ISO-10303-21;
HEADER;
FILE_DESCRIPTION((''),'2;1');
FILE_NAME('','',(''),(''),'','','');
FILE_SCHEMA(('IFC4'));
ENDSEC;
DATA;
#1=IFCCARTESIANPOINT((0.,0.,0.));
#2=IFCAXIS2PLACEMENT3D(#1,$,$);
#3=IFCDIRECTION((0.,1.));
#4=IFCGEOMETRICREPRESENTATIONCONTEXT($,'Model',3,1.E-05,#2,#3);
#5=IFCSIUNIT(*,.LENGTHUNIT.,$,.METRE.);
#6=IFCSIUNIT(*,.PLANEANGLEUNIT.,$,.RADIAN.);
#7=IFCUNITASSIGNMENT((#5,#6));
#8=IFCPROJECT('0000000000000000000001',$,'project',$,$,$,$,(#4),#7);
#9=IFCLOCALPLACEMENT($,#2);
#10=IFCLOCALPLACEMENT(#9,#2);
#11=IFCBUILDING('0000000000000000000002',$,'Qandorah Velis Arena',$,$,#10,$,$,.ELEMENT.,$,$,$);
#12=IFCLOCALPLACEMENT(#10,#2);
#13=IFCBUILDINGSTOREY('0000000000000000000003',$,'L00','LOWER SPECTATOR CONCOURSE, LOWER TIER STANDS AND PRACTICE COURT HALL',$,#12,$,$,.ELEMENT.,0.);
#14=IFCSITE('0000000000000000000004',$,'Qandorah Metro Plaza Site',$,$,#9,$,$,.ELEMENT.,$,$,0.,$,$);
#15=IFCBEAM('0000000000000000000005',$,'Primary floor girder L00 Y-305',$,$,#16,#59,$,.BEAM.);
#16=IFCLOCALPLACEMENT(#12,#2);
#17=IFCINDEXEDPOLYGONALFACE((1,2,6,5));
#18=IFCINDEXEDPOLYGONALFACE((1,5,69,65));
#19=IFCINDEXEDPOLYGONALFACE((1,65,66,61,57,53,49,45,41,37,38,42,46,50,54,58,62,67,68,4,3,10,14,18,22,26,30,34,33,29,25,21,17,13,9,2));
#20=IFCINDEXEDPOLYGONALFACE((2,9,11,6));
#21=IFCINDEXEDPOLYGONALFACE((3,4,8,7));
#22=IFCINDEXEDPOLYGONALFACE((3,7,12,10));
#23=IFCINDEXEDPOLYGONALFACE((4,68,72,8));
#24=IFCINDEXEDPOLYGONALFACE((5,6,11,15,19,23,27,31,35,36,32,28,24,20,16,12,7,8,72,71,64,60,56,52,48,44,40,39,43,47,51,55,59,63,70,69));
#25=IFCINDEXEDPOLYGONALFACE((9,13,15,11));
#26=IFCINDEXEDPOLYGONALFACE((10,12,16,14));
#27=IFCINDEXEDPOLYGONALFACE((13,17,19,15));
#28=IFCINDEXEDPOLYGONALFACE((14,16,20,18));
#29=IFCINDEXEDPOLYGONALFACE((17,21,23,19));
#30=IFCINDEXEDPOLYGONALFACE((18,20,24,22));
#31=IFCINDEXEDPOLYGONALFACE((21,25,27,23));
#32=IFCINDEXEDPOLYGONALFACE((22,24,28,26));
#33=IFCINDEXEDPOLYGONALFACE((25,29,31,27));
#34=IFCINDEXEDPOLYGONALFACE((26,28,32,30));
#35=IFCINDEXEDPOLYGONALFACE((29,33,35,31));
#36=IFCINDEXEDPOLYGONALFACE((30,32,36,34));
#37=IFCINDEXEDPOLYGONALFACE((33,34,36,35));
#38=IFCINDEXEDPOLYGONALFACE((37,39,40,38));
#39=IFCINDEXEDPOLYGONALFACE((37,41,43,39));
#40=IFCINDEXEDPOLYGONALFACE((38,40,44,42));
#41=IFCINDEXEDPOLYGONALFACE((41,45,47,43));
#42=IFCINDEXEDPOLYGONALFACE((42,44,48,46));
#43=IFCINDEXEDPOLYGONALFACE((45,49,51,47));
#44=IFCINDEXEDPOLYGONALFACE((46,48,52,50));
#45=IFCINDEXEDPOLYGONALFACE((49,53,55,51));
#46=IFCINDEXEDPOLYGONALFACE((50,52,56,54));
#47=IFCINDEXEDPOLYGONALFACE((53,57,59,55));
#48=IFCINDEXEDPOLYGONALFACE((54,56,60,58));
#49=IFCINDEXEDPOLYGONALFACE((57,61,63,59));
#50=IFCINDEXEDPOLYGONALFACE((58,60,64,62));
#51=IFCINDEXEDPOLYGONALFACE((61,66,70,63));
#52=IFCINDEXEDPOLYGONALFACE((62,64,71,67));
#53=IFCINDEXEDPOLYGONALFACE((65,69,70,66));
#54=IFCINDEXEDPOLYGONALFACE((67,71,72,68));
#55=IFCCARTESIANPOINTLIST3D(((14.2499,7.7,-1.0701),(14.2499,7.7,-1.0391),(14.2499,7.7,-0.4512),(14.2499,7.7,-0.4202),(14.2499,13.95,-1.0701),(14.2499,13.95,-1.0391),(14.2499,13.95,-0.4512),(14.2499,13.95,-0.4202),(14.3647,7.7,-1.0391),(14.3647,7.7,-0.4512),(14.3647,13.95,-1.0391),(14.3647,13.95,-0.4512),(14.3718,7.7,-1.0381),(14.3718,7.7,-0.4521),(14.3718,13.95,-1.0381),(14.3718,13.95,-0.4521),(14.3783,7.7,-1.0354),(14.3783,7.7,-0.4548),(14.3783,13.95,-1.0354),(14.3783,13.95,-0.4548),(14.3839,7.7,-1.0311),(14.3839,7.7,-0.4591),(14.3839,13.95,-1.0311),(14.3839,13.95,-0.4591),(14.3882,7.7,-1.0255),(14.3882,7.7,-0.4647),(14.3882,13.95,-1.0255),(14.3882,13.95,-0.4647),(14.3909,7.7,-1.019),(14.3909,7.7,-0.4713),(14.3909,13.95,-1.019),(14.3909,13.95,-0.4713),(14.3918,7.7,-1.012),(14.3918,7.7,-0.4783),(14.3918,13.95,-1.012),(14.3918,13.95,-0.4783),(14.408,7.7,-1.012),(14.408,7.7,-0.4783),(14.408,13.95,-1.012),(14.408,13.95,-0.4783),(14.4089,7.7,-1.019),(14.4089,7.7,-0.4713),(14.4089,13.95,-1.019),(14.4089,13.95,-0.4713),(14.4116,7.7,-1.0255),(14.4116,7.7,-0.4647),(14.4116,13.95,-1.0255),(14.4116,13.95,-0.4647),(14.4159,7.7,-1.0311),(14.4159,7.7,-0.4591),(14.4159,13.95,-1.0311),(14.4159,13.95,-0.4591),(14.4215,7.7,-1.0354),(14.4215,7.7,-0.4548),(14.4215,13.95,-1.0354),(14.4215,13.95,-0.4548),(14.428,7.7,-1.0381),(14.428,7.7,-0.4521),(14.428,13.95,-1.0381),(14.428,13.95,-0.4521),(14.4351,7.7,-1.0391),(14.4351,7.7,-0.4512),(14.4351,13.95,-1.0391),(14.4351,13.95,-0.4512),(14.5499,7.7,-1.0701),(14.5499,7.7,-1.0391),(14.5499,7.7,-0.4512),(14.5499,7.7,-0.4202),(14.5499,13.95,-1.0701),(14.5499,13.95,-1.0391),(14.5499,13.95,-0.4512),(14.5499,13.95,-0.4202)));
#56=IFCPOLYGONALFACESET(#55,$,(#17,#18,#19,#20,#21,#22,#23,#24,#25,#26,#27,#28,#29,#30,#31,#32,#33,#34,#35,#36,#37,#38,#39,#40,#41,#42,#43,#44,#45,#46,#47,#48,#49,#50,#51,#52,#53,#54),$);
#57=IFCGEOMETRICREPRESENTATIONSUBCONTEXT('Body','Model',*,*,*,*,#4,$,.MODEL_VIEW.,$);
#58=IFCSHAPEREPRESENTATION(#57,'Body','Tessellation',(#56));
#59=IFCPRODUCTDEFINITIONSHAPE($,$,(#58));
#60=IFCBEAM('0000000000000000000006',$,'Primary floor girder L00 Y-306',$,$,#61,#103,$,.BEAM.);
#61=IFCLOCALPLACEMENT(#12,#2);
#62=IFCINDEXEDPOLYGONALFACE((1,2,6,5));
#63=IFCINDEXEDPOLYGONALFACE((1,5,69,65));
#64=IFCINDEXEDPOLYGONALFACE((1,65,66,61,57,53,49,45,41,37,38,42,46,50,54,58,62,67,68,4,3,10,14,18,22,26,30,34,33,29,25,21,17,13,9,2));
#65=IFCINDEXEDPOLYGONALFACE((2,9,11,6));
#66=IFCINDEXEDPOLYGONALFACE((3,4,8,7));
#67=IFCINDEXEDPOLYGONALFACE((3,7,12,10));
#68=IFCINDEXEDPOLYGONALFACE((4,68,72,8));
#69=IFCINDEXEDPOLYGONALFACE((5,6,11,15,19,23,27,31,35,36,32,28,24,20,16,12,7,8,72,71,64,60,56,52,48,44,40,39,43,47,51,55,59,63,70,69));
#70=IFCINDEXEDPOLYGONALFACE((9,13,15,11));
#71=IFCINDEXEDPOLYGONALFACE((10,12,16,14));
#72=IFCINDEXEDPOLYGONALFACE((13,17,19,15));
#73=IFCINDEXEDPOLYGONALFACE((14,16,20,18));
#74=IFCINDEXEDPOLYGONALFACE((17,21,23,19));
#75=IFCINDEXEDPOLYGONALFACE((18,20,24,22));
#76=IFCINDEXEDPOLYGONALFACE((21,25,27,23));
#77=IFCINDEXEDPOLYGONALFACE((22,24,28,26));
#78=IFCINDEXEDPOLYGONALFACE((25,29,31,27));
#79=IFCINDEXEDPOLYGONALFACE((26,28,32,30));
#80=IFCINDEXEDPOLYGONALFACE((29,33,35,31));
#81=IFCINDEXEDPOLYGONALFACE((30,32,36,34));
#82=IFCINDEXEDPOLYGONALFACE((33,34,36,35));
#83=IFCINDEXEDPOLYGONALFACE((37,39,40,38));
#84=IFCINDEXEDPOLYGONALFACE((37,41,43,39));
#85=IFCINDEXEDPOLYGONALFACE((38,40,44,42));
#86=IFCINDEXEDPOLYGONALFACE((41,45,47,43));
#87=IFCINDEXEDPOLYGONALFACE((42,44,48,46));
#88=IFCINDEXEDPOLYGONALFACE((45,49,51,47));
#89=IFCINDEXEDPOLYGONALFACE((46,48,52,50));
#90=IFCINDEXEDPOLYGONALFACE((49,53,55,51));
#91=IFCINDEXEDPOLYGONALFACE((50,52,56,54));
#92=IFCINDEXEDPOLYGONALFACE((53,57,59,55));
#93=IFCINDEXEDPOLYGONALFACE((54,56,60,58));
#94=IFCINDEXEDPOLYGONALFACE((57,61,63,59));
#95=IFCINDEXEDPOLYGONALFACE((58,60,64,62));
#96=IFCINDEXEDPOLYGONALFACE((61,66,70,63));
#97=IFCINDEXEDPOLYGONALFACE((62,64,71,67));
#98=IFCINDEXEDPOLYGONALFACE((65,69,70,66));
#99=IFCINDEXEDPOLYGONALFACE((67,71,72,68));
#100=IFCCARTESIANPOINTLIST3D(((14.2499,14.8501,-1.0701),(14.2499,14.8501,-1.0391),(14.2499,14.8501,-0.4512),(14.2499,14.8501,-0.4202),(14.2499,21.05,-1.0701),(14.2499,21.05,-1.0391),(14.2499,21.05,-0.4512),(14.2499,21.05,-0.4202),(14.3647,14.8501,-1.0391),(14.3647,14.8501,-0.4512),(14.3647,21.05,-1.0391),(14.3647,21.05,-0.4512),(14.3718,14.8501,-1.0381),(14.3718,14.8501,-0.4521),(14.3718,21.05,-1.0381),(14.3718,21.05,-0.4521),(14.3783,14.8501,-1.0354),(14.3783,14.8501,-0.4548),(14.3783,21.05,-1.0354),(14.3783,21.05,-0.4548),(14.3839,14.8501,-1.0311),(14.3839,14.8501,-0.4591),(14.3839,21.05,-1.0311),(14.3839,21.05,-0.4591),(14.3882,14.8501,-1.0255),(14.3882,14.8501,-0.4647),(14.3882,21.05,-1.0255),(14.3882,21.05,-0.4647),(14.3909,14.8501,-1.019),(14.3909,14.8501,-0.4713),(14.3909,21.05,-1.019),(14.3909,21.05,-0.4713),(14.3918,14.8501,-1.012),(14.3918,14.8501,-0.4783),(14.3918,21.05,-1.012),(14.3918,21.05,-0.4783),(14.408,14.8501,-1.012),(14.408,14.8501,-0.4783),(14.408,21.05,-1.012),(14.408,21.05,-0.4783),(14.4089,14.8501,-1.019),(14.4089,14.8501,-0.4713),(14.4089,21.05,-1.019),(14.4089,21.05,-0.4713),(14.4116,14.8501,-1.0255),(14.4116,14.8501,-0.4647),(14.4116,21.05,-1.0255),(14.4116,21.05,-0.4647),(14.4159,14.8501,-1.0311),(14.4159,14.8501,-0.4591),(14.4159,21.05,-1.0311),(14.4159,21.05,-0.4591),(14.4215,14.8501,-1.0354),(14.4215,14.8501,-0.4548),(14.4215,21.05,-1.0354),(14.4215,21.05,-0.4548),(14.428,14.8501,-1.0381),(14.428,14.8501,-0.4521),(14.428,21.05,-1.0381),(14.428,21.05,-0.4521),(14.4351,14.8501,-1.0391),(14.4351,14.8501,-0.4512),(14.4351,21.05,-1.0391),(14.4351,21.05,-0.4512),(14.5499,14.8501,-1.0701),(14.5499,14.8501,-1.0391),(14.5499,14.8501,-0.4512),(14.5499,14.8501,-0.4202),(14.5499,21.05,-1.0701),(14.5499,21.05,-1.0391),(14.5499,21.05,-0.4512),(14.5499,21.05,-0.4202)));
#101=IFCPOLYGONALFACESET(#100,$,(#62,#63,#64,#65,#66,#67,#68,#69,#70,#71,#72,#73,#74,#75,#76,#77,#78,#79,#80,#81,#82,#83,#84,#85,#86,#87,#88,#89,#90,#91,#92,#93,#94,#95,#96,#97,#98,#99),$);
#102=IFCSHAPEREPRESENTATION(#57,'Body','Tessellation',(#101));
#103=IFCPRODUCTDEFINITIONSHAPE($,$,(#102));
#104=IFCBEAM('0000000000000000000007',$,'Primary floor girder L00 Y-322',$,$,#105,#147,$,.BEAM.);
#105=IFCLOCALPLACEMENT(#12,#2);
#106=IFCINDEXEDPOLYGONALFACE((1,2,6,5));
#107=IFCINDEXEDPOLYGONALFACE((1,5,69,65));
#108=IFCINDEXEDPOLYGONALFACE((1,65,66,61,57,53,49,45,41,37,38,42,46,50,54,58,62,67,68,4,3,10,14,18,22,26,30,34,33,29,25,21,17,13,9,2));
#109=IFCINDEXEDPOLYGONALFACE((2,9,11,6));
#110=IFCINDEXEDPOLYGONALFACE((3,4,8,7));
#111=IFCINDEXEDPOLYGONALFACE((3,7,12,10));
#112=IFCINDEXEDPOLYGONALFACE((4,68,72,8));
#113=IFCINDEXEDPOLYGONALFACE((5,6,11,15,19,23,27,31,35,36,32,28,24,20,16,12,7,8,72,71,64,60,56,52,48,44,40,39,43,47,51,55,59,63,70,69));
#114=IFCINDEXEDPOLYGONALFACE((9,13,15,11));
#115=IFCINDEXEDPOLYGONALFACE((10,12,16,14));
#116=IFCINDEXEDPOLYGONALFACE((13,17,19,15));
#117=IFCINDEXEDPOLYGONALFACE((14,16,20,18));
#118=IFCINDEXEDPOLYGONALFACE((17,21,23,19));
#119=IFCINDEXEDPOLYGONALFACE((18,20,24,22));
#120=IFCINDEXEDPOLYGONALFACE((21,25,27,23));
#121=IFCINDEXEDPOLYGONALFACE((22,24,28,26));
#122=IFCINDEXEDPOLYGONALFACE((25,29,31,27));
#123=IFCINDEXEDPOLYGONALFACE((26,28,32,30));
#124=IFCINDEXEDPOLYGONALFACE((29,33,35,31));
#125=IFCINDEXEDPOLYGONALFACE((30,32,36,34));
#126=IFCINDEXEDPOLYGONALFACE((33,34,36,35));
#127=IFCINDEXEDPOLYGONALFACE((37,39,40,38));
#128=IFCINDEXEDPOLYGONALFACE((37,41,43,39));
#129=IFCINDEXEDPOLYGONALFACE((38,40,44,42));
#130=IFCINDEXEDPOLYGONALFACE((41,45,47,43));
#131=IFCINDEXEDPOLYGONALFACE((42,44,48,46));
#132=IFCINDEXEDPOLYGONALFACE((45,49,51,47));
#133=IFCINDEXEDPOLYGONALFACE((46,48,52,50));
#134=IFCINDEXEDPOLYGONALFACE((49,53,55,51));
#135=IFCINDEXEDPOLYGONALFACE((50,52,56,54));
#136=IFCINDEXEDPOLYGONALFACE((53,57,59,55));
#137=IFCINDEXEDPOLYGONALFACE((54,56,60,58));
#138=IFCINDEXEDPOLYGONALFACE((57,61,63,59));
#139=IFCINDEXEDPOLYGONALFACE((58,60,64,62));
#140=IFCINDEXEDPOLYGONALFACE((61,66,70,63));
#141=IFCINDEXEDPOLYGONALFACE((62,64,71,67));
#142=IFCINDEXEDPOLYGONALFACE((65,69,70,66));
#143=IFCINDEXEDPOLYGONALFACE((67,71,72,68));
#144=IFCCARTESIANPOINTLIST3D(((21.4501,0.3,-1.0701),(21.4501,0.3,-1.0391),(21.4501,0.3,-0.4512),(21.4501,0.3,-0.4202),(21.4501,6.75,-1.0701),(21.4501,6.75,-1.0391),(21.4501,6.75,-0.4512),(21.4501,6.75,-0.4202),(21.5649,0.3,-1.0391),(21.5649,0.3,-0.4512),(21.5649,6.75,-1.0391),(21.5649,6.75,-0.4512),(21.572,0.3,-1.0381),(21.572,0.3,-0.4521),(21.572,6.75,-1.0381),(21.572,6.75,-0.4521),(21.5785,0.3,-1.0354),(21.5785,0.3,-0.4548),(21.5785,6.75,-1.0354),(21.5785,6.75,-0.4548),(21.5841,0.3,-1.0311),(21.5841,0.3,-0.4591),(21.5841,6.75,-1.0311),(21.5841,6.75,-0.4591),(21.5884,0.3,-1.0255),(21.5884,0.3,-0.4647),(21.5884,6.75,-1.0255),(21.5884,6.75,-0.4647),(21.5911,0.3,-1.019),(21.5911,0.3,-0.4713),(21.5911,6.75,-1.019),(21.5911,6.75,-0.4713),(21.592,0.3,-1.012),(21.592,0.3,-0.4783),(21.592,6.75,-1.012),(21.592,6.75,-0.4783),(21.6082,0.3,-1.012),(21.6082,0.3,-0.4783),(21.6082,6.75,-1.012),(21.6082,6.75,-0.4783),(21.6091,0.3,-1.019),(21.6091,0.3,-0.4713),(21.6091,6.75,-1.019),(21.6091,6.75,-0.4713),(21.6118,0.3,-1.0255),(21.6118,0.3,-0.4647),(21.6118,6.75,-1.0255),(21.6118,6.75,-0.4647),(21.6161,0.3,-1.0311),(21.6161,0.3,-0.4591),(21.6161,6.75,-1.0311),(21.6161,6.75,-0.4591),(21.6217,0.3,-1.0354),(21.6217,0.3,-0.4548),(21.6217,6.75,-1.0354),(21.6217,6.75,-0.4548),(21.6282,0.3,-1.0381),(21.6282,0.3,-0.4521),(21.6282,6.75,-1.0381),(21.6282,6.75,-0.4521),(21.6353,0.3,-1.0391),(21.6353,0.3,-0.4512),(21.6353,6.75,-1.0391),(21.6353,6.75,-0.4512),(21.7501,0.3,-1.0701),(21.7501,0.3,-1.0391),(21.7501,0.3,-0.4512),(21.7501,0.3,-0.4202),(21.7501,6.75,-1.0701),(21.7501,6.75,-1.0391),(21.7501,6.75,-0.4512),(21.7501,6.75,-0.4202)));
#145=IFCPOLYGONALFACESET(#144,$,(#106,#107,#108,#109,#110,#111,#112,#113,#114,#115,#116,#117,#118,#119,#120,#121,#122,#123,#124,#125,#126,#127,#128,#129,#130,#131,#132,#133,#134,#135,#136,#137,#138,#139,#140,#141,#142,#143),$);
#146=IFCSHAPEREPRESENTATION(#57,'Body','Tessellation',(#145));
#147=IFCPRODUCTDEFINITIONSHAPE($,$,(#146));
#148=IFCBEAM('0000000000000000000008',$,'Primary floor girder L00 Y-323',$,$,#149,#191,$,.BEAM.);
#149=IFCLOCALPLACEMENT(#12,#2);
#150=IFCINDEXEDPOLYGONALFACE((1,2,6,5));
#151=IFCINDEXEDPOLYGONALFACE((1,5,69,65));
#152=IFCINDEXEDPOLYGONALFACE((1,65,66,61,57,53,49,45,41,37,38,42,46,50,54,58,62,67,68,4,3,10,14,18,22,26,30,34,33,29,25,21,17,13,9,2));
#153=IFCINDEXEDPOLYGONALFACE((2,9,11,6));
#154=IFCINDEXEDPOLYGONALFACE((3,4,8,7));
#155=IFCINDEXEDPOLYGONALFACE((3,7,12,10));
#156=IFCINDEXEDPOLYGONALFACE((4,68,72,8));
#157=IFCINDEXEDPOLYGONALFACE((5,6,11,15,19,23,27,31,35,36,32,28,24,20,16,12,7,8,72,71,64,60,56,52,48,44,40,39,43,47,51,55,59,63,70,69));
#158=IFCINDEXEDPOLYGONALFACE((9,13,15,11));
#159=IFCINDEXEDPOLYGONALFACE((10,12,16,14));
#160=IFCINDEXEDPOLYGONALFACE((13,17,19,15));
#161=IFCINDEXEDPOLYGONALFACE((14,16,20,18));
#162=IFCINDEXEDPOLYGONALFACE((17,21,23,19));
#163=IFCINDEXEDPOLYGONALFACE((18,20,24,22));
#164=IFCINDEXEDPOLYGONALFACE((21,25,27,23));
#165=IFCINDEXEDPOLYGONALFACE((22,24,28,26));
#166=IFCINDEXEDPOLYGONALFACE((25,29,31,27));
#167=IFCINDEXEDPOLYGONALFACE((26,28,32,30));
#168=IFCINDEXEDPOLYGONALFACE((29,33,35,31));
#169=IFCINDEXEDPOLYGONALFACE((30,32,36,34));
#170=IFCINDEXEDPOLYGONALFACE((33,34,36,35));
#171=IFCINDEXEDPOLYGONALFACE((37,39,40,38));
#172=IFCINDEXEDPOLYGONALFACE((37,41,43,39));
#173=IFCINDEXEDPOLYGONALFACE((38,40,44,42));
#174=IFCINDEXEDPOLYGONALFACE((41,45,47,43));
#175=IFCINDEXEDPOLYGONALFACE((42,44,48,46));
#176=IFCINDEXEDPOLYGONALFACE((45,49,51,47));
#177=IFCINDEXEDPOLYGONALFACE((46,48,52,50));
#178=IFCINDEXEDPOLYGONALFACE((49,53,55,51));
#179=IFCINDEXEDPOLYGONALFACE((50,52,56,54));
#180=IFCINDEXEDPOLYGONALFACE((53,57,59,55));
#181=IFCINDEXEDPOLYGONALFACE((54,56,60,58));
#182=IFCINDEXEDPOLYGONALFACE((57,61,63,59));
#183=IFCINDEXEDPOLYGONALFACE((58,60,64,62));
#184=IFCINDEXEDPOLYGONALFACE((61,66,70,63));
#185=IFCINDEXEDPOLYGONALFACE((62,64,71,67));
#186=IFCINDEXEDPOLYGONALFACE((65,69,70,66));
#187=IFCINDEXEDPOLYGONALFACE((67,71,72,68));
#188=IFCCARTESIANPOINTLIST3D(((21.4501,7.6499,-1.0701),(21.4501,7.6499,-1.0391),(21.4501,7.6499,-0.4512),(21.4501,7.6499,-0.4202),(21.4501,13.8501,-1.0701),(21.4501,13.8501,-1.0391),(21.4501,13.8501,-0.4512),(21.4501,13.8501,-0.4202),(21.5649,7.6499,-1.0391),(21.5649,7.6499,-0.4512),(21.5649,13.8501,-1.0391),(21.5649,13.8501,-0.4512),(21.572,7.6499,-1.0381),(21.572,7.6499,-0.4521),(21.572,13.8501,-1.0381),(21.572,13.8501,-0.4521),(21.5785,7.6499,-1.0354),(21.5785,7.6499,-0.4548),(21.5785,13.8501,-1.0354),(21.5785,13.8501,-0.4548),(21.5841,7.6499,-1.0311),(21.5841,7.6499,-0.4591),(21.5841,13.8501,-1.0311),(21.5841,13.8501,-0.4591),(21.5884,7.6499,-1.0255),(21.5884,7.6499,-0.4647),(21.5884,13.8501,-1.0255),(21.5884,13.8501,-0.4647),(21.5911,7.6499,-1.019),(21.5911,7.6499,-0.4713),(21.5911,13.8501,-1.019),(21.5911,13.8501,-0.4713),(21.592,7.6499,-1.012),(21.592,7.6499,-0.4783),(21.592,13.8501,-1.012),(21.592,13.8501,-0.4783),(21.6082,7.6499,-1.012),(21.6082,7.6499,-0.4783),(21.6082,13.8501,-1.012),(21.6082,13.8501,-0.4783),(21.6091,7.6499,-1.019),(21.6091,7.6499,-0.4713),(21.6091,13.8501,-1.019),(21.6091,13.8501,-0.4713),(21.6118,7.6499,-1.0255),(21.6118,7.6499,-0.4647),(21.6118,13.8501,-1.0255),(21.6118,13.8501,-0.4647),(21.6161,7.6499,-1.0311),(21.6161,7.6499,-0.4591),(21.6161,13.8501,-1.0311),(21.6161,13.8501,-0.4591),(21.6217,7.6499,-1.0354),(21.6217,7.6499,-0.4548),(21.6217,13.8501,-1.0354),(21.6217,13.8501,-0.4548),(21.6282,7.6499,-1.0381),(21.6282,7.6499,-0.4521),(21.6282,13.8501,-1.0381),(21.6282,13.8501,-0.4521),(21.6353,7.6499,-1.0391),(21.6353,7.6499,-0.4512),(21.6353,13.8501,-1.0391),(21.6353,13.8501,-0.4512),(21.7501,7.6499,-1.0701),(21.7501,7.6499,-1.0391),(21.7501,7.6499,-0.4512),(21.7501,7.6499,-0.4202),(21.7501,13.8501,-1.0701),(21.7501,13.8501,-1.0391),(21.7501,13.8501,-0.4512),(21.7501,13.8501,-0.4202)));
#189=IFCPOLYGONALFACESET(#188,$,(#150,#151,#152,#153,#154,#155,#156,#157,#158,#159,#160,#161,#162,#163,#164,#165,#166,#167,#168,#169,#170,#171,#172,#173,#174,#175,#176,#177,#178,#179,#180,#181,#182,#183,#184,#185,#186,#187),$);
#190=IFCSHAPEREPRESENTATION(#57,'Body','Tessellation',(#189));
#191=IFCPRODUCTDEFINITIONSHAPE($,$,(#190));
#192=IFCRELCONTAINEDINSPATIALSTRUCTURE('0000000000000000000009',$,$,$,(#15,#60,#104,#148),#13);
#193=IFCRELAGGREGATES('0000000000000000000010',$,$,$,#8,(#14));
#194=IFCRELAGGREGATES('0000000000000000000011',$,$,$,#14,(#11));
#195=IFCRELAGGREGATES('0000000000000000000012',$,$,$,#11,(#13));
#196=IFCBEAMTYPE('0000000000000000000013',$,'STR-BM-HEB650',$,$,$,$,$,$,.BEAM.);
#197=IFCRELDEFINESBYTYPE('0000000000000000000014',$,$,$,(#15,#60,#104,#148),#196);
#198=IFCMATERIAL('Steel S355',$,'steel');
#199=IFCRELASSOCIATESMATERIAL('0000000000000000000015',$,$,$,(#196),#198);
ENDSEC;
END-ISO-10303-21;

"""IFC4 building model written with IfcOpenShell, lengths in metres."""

from ifc_helpers import new_model, si_unit, direction, frame, origin, origin_2d, place, context, subcontext, project, spatial, i_section, extrude, material, material_profile, profile_set, type_object, element, save


model = new_model("IFC4")

# Units and contexts
model_context = context("Model", 3, precision=1e-05, world=origin(), true_north=direction((0.0, 1.0)))
body_context = subcontext(model_context, "Body", "Model", "MODEL_VIEW")
ifc_project = project(units=[si_unit("LENGTHUNIT", "METRE"), si_unit("PLANEANGLEUNIT", "RADIAN")], contexts=[model_context])

# Site, building, storey
site_placement = place(None, origin())
site = spatial("IfcSite", under=ifc_project, at=site_placement, Name="Qandorah Metro Plaza Site", CompositionType="ELEMENT", RefElevation=0.0)
building_placement = place(site_placement, origin())
building = spatial("IfcBuilding", under=site, at=building_placement, Name="Qandorah Velis Arena", CompositionType="ELEMENT")
storey_placement = place(building_placement, origin())
storey = spatial("IfcBuildingStorey", under=building, at=storey_placement, Name="L00", Description="LOWER SPECTATOR CONCOURSE, LOWER TIER STANDS AND PRACTICE COURT HALL", CompositionType="ELEMENT", Elevation=0.0)

# Beams
ifc_material_1 = material(Name="Steel S355", Category="steel")
ifc_material_profile_1 = material_profile(ifc_material_1, i_section(OverallWidth=0.3, OverallDepth=0.6499, WebThickness=0.0161, FlangeThickness=0.031, FilletRadius=0.0271, at=origin_2d()), Name="HEB 650")
ifc_profile_set_1 = profile_set([ifc_material_profile_1], Name="Steel S355")
beam_type_1 = type_object("IfcBeamType", Name="STR-BM-HEB650", PredefinedType="BEAM", material=ifc_profile_set_1)
beam_1_placement = place(storey_placement, frame((14.3999, 7.7, -0.7451), z_axis=(0.0, 1.0, 0.0), x_axis=(-1.0, 0.0, 0.0)))
element("IfcBeam", 1, at=beam_1_placement, inside=storey, type_object=beam_type_1, Name="Primary floor girder L00 Y-305", PredefinedType="BEAM", context=body_context, shape_type="SweptSolid", body=[
    extrude(i_section(OverallWidth=0.3, OverallDepth=0.6499, WebThickness=0.0161, FlangeThickness=0.031, FilletRadius=0.0271, at=origin_2d()), origin(), (0.0, 0.0, 1.0), 6.25),
])
beam_2_placement = place(storey_placement, frame((14.3999, 14.8501, -0.7451), z_axis=(0.0, 1.0, 0.0), x_axis=(-1.0, 0.0, 0.0)))
element("IfcBeam", 2, at=beam_2_placement, inside=storey, type_object=beam_type_1, Name="Primary floor girder L00 Y-306", PredefinedType="BEAM", context=body_context, shape_type="SweptSolid", body=[
    extrude(i_section(OverallWidth=0.3, OverallDepth=0.6499, WebThickness=0.0161, FlangeThickness=0.031, FilletRadius=0.0271, at=origin_2d()), origin(), (0.0, 0.0, 1.0), 6.2),
])
beam_3_placement = place(storey_placement, frame((21.6001, 0.3, -0.7451), z_axis=(0.0, 1.0, 0.0), x_axis=(-1.0, 0.0, 0.0)))
element("IfcBeam", 3, at=beam_3_placement, inside=storey, type_object=beam_type_1, Name="Primary floor girder L00 Y-322", PredefinedType="BEAM", context=body_context, shape_type="SweptSolid", body=[
    extrude(i_section(OverallWidth=0.3, OverallDepth=0.6499, WebThickness=0.0161, FlangeThickness=0.031, FilletRadius=0.0271, at=origin_2d()), origin(), (0.0, 0.0, 1.0), 6.45),
])
beam_4_placement = place(storey_placement, frame((21.6001, 7.6499, -0.7451), z_axis=(0.0, 1.0, 0.0), x_axis=(-1.0, 0.0, 0.0)))
element("IfcBeam", 4, at=beam_4_placement, inside=storey, type_object=beam_type_1, Name="Primary floor girder L00 Y-323", PredefinedType="BEAM", context=body_context, shape_type="SweptSolid", body=[
    extrude(i_section(OverallWidth=0.3, OverallDepth=0.6499, WebThickness=0.0161, FlangeThickness=0.031, FilletRadius=0.0271, at=origin_2d()), origin(), (0.0, 0.0, 1.0), 6.2002),
])

save(model, "model.ifc")
